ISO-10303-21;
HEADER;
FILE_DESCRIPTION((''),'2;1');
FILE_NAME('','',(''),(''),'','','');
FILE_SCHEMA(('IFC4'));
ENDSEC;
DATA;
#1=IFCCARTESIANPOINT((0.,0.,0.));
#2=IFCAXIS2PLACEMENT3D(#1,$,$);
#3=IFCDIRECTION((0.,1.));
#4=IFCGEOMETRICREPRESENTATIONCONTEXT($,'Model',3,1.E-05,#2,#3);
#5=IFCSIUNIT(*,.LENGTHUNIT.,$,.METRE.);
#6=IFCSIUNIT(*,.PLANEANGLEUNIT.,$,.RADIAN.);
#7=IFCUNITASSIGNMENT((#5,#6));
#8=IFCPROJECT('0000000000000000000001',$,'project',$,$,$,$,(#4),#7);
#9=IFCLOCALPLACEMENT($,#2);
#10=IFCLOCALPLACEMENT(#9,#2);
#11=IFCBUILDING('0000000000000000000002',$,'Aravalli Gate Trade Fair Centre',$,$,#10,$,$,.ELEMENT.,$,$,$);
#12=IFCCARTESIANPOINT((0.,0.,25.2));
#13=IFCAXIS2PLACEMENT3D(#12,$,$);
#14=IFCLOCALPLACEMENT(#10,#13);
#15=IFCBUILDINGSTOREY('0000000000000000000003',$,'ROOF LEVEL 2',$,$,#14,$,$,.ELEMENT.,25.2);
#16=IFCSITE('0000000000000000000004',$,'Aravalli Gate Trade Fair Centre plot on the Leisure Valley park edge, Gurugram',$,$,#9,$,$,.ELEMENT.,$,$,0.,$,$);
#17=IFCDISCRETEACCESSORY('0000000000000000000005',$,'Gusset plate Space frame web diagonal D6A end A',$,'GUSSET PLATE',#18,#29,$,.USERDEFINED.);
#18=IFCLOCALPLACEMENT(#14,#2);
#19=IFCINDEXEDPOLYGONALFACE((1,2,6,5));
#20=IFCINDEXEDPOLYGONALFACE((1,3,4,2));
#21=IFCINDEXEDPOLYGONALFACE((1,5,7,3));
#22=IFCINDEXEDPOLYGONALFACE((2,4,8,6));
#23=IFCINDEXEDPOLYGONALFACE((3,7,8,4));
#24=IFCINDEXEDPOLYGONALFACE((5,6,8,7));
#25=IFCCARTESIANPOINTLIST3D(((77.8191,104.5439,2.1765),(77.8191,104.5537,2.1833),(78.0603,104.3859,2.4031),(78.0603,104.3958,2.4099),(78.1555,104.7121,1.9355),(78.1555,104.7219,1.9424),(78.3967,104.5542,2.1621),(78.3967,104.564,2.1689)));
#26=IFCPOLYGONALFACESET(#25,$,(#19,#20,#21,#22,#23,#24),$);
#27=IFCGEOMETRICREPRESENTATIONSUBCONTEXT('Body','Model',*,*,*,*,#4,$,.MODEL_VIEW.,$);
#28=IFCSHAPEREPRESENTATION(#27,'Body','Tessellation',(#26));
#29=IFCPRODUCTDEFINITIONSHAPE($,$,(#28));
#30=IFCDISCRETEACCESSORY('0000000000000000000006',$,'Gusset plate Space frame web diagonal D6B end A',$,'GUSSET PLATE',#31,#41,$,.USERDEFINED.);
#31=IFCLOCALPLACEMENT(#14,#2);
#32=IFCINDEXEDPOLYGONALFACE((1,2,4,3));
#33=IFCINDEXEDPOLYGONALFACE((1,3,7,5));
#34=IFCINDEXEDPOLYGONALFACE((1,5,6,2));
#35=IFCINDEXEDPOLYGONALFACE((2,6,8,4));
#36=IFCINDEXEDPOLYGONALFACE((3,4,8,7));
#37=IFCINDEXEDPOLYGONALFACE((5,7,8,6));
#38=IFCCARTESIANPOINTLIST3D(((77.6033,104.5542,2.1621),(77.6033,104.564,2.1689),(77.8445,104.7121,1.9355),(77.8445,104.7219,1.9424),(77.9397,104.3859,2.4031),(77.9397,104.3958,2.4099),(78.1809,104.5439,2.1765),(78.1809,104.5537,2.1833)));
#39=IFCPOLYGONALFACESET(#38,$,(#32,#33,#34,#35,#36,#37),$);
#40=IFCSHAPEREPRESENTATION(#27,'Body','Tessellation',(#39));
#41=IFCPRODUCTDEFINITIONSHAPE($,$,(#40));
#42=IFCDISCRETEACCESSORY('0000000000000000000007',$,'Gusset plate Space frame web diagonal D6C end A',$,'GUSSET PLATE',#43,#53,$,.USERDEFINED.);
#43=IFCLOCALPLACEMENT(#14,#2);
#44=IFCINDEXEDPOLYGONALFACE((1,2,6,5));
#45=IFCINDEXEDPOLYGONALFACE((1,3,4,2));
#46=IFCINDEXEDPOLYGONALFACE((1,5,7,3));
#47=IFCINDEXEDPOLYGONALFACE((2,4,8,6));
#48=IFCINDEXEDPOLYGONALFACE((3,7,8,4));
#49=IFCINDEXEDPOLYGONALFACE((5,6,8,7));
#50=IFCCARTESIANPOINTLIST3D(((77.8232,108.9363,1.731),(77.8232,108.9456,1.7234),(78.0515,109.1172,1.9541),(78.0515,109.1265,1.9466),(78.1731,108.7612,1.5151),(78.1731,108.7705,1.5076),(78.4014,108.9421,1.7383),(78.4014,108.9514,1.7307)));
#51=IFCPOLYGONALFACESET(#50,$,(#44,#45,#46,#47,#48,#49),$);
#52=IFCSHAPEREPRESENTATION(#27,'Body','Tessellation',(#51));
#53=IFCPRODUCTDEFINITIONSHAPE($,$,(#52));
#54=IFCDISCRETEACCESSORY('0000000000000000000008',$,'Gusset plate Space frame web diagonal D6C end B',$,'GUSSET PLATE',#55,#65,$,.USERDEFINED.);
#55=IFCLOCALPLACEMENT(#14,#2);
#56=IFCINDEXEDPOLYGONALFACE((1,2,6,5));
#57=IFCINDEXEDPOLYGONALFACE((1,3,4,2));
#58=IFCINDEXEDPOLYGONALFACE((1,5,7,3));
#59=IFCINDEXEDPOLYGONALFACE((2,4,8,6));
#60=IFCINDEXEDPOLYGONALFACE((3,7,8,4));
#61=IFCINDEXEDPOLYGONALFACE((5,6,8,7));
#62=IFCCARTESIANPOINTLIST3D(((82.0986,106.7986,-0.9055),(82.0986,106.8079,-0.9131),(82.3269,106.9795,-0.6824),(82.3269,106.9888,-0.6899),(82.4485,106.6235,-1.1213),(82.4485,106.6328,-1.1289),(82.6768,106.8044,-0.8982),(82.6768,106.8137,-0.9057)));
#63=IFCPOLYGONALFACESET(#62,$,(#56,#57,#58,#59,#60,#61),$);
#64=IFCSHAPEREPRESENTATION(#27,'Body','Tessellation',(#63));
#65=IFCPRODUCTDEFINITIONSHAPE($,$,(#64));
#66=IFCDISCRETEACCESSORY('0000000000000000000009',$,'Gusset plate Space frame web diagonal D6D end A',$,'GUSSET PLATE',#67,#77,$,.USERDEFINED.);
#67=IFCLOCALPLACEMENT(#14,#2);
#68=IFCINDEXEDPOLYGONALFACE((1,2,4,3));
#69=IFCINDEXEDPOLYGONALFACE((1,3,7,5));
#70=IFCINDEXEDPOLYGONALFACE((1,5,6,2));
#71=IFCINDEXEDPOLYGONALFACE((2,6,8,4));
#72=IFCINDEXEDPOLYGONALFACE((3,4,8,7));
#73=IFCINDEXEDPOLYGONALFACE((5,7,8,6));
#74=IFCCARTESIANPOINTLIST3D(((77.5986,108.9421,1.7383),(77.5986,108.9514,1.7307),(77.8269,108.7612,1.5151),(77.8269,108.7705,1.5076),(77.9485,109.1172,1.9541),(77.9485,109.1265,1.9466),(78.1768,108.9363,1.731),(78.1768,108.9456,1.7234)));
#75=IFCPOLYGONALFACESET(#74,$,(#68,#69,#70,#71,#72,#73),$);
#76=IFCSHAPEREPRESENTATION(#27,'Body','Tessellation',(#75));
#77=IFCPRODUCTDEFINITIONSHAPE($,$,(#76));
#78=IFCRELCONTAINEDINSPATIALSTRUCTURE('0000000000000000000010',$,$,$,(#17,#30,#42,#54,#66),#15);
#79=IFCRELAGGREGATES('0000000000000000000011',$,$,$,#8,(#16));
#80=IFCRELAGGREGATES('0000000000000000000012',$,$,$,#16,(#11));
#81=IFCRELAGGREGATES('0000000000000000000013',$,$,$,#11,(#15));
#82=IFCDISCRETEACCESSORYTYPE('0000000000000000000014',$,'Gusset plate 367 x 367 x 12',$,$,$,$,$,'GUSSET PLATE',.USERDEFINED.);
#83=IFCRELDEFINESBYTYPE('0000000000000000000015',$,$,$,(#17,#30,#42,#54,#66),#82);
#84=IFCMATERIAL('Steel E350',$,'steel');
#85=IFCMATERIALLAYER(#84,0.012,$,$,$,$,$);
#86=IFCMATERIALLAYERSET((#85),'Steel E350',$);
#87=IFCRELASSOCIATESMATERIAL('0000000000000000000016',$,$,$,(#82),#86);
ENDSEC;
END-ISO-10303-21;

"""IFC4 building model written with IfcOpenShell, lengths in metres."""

from ifc_helpers import new_model, si_unit, direction, frame, origin, place, context, subcontext, project, spatial, polyline, outline, extrude, material, layer, layer_set, type_object, element, save


model = new_model("IFC4")

# Units and contexts
model_context = context("Model", 3, precision=1e-05, world=origin(), true_north=direction((0.0, 1.0)))
body_context = subcontext(model_context, "Body", "Model", "MODEL_VIEW")
ifc_project = project(units=[si_unit("LENGTHUNIT", "METRE"), si_unit("PLANEANGLEUNIT", "RADIAN")], contexts=[model_context])

# Site, building, storey
site_placement = place(None, origin())
site = spatial("IfcSite", under=ifc_project, at=site_placement, Name="Aravalli Gate Trade Fair Centre plot on the Leisure Valley park edge, Gurugram", CompositionType="ELEMENT", RefElevation=0.0)
building_placement = place(site_placement, origin())
building = spatial("IfcBuilding", under=site, at=building_placement, Name="Aravalli Gate Trade Fair Centre", CompositionType="ELEMENT")
storey_placement = place(building_placement, frame((0.0, 0.0, 25.2)))
storey = spatial("IfcBuildingStorey", under=building, at=storey_placement, Name="ROOF LEVEL 2", CompositionType="ELEMENT", Elevation=25.2)

# Shared definitions
ifc_material_1 = material(Name="Steel E350", Category="steel")

# Discrete accessories
ifc_layer_1 = layer(ifc_material_1, 0.012)
ifc_layer_set_1 = layer_set([ifc_layer_1], Name="Steel E350")
discrete_accessory_type_1 = type_object("IfcDiscreteAccessoryType", Name="Gusset plate 367 x 367 x 12", ElementType="GUSSET PLATE", PredefinedType="USERDEFINED", material=ifc_layer_set_1)
discrete_accessory_1_placement = place(storey_placement, frame((78.1555, 104.7219, 1.9424), z_axis=(-0.000292, 0.820164, 0.572128), x_axis=(-0.753132, -0.376566, 0.539435)))
element("IfcDiscreteAccessory", 1, at=discrete_accessory_1_placement, inside=storey, type_object=discrete_accessory_type_1, Name="Gusset plate Space frame web diagonal D6A end A", ObjectType="GUSSET PLATE", PredefinedType="USERDEFINED", context=body_context, shape_type="SweptSolid", body=[
    extrude(outline(polyline([(0.0, 0.0), (0.4467, 0.0), (0.4467, 0.3667), (0.0, 0.3667), (0.0, 0.0)])), origin(), (0.0, 0.0, -1.0), 0.012),
])
discrete_accessory_2_placement = place(storey_placement, frame((77.6033, 104.564, 2.1689), z_axis=(0.000292, 0.820164, 0.572128), x_axis=(0.753132, -0.376566, 0.539435)))
element("IfcDiscreteAccessory", 2, at=discrete_accessory_2_placement, inside=storey, type_object=discrete_accessory_type_1, Name="Gusset plate Space frame web diagonal D6B end A", ObjectType="GUSSET PLATE", PredefinedType="USERDEFINED", context=body_context, shape_type="SweptSolid", body=[
    extrude(outline(polyline([(0.0, 0.0), (0.4467, 0.0), (0.4467, 0.3667), (0.0, 0.3667), (0.0, 0.0)])), origin(), (0.0, 0.0, -1.0), 0.012),
])
discrete_accessory_3_placement = place(storey_placement, frame((78.1731, 108.7612, 1.5151), z_axis=(-0.000107, -0.776736, 0.629826), x_axis=(-0.783044, 0.391795, 0.48305)))
element("IfcDiscreteAccessory", 3, at=discrete_accessory_3_placement, inside=storey, type_object=discrete_accessory_type_1, Name="Gusset plate Space frame web diagonal D6C end A", ObjectType="GUSSET PLATE", PredefinedType="USERDEFINED", context=body_context, shape_type="SweptSolid", body=[
    extrude(outline(polyline([(0.0, 0.0), (0.4468, 0.0), (0.4467, -0.3669), (-0.0001, -0.3669), (0.0, 0.0)])), origin(), (0.0, 0.0, -1.0), 0.012),
])
discrete_accessory_4_placement = place(storey_placement, frame((82.0986, 106.7986, -0.9055), z_axis=(-0.000107, -0.776736, 0.629826), x_axis=(0.783044, -0.391795, -0.48305)))
element("IfcDiscreteAccessory", 4, at=discrete_accessory_4_placement, inside=storey, type_object=discrete_accessory_type_1, Name="Gusset plate Space frame web diagonal D6C end B", ObjectType="GUSSET PLATE", PredefinedType="USERDEFINED", context=body_context, shape_type="SweptSolid", body=[
    extrude(outline(polyline([(0.0, 0.0), (0.4468, 0.0), (0.4469, 0.3669), (0.0001, 0.3669), (0.0, 0.0)])), origin(), (0.0, 0.0, -1.0), 0.012),
])
discrete_accessory_5_placement = place(storey_placement, frame((77.5986, 108.9421, 1.7383), z_axis=(0.000107, -0.776736, 0.629826), x_axis=(0.783044, 0.391795, 0.48305)))
element("IfcDiscreteAccessory", 5, at=discrete_accessory_5_placement, inside=storey, type_object=discrete_accessory_type_1, Name="Gusset plate Space frame web diagonal D6D end A", ObjectType="GUSSET PLATE", PredefinedType="USERDEFINED", context=body_context, shape_type="SweptSolid", body=[
    extrude(outline(polyline([(0.0, 0.0), (0.4468, 0.0), (0.4469, -0.3669), (0.0001, -0.3669), (0.0, 0.0)])), origin(), (0.0, 0.0, -1.0), 0.012),
])

save(model, "model.ifc")
